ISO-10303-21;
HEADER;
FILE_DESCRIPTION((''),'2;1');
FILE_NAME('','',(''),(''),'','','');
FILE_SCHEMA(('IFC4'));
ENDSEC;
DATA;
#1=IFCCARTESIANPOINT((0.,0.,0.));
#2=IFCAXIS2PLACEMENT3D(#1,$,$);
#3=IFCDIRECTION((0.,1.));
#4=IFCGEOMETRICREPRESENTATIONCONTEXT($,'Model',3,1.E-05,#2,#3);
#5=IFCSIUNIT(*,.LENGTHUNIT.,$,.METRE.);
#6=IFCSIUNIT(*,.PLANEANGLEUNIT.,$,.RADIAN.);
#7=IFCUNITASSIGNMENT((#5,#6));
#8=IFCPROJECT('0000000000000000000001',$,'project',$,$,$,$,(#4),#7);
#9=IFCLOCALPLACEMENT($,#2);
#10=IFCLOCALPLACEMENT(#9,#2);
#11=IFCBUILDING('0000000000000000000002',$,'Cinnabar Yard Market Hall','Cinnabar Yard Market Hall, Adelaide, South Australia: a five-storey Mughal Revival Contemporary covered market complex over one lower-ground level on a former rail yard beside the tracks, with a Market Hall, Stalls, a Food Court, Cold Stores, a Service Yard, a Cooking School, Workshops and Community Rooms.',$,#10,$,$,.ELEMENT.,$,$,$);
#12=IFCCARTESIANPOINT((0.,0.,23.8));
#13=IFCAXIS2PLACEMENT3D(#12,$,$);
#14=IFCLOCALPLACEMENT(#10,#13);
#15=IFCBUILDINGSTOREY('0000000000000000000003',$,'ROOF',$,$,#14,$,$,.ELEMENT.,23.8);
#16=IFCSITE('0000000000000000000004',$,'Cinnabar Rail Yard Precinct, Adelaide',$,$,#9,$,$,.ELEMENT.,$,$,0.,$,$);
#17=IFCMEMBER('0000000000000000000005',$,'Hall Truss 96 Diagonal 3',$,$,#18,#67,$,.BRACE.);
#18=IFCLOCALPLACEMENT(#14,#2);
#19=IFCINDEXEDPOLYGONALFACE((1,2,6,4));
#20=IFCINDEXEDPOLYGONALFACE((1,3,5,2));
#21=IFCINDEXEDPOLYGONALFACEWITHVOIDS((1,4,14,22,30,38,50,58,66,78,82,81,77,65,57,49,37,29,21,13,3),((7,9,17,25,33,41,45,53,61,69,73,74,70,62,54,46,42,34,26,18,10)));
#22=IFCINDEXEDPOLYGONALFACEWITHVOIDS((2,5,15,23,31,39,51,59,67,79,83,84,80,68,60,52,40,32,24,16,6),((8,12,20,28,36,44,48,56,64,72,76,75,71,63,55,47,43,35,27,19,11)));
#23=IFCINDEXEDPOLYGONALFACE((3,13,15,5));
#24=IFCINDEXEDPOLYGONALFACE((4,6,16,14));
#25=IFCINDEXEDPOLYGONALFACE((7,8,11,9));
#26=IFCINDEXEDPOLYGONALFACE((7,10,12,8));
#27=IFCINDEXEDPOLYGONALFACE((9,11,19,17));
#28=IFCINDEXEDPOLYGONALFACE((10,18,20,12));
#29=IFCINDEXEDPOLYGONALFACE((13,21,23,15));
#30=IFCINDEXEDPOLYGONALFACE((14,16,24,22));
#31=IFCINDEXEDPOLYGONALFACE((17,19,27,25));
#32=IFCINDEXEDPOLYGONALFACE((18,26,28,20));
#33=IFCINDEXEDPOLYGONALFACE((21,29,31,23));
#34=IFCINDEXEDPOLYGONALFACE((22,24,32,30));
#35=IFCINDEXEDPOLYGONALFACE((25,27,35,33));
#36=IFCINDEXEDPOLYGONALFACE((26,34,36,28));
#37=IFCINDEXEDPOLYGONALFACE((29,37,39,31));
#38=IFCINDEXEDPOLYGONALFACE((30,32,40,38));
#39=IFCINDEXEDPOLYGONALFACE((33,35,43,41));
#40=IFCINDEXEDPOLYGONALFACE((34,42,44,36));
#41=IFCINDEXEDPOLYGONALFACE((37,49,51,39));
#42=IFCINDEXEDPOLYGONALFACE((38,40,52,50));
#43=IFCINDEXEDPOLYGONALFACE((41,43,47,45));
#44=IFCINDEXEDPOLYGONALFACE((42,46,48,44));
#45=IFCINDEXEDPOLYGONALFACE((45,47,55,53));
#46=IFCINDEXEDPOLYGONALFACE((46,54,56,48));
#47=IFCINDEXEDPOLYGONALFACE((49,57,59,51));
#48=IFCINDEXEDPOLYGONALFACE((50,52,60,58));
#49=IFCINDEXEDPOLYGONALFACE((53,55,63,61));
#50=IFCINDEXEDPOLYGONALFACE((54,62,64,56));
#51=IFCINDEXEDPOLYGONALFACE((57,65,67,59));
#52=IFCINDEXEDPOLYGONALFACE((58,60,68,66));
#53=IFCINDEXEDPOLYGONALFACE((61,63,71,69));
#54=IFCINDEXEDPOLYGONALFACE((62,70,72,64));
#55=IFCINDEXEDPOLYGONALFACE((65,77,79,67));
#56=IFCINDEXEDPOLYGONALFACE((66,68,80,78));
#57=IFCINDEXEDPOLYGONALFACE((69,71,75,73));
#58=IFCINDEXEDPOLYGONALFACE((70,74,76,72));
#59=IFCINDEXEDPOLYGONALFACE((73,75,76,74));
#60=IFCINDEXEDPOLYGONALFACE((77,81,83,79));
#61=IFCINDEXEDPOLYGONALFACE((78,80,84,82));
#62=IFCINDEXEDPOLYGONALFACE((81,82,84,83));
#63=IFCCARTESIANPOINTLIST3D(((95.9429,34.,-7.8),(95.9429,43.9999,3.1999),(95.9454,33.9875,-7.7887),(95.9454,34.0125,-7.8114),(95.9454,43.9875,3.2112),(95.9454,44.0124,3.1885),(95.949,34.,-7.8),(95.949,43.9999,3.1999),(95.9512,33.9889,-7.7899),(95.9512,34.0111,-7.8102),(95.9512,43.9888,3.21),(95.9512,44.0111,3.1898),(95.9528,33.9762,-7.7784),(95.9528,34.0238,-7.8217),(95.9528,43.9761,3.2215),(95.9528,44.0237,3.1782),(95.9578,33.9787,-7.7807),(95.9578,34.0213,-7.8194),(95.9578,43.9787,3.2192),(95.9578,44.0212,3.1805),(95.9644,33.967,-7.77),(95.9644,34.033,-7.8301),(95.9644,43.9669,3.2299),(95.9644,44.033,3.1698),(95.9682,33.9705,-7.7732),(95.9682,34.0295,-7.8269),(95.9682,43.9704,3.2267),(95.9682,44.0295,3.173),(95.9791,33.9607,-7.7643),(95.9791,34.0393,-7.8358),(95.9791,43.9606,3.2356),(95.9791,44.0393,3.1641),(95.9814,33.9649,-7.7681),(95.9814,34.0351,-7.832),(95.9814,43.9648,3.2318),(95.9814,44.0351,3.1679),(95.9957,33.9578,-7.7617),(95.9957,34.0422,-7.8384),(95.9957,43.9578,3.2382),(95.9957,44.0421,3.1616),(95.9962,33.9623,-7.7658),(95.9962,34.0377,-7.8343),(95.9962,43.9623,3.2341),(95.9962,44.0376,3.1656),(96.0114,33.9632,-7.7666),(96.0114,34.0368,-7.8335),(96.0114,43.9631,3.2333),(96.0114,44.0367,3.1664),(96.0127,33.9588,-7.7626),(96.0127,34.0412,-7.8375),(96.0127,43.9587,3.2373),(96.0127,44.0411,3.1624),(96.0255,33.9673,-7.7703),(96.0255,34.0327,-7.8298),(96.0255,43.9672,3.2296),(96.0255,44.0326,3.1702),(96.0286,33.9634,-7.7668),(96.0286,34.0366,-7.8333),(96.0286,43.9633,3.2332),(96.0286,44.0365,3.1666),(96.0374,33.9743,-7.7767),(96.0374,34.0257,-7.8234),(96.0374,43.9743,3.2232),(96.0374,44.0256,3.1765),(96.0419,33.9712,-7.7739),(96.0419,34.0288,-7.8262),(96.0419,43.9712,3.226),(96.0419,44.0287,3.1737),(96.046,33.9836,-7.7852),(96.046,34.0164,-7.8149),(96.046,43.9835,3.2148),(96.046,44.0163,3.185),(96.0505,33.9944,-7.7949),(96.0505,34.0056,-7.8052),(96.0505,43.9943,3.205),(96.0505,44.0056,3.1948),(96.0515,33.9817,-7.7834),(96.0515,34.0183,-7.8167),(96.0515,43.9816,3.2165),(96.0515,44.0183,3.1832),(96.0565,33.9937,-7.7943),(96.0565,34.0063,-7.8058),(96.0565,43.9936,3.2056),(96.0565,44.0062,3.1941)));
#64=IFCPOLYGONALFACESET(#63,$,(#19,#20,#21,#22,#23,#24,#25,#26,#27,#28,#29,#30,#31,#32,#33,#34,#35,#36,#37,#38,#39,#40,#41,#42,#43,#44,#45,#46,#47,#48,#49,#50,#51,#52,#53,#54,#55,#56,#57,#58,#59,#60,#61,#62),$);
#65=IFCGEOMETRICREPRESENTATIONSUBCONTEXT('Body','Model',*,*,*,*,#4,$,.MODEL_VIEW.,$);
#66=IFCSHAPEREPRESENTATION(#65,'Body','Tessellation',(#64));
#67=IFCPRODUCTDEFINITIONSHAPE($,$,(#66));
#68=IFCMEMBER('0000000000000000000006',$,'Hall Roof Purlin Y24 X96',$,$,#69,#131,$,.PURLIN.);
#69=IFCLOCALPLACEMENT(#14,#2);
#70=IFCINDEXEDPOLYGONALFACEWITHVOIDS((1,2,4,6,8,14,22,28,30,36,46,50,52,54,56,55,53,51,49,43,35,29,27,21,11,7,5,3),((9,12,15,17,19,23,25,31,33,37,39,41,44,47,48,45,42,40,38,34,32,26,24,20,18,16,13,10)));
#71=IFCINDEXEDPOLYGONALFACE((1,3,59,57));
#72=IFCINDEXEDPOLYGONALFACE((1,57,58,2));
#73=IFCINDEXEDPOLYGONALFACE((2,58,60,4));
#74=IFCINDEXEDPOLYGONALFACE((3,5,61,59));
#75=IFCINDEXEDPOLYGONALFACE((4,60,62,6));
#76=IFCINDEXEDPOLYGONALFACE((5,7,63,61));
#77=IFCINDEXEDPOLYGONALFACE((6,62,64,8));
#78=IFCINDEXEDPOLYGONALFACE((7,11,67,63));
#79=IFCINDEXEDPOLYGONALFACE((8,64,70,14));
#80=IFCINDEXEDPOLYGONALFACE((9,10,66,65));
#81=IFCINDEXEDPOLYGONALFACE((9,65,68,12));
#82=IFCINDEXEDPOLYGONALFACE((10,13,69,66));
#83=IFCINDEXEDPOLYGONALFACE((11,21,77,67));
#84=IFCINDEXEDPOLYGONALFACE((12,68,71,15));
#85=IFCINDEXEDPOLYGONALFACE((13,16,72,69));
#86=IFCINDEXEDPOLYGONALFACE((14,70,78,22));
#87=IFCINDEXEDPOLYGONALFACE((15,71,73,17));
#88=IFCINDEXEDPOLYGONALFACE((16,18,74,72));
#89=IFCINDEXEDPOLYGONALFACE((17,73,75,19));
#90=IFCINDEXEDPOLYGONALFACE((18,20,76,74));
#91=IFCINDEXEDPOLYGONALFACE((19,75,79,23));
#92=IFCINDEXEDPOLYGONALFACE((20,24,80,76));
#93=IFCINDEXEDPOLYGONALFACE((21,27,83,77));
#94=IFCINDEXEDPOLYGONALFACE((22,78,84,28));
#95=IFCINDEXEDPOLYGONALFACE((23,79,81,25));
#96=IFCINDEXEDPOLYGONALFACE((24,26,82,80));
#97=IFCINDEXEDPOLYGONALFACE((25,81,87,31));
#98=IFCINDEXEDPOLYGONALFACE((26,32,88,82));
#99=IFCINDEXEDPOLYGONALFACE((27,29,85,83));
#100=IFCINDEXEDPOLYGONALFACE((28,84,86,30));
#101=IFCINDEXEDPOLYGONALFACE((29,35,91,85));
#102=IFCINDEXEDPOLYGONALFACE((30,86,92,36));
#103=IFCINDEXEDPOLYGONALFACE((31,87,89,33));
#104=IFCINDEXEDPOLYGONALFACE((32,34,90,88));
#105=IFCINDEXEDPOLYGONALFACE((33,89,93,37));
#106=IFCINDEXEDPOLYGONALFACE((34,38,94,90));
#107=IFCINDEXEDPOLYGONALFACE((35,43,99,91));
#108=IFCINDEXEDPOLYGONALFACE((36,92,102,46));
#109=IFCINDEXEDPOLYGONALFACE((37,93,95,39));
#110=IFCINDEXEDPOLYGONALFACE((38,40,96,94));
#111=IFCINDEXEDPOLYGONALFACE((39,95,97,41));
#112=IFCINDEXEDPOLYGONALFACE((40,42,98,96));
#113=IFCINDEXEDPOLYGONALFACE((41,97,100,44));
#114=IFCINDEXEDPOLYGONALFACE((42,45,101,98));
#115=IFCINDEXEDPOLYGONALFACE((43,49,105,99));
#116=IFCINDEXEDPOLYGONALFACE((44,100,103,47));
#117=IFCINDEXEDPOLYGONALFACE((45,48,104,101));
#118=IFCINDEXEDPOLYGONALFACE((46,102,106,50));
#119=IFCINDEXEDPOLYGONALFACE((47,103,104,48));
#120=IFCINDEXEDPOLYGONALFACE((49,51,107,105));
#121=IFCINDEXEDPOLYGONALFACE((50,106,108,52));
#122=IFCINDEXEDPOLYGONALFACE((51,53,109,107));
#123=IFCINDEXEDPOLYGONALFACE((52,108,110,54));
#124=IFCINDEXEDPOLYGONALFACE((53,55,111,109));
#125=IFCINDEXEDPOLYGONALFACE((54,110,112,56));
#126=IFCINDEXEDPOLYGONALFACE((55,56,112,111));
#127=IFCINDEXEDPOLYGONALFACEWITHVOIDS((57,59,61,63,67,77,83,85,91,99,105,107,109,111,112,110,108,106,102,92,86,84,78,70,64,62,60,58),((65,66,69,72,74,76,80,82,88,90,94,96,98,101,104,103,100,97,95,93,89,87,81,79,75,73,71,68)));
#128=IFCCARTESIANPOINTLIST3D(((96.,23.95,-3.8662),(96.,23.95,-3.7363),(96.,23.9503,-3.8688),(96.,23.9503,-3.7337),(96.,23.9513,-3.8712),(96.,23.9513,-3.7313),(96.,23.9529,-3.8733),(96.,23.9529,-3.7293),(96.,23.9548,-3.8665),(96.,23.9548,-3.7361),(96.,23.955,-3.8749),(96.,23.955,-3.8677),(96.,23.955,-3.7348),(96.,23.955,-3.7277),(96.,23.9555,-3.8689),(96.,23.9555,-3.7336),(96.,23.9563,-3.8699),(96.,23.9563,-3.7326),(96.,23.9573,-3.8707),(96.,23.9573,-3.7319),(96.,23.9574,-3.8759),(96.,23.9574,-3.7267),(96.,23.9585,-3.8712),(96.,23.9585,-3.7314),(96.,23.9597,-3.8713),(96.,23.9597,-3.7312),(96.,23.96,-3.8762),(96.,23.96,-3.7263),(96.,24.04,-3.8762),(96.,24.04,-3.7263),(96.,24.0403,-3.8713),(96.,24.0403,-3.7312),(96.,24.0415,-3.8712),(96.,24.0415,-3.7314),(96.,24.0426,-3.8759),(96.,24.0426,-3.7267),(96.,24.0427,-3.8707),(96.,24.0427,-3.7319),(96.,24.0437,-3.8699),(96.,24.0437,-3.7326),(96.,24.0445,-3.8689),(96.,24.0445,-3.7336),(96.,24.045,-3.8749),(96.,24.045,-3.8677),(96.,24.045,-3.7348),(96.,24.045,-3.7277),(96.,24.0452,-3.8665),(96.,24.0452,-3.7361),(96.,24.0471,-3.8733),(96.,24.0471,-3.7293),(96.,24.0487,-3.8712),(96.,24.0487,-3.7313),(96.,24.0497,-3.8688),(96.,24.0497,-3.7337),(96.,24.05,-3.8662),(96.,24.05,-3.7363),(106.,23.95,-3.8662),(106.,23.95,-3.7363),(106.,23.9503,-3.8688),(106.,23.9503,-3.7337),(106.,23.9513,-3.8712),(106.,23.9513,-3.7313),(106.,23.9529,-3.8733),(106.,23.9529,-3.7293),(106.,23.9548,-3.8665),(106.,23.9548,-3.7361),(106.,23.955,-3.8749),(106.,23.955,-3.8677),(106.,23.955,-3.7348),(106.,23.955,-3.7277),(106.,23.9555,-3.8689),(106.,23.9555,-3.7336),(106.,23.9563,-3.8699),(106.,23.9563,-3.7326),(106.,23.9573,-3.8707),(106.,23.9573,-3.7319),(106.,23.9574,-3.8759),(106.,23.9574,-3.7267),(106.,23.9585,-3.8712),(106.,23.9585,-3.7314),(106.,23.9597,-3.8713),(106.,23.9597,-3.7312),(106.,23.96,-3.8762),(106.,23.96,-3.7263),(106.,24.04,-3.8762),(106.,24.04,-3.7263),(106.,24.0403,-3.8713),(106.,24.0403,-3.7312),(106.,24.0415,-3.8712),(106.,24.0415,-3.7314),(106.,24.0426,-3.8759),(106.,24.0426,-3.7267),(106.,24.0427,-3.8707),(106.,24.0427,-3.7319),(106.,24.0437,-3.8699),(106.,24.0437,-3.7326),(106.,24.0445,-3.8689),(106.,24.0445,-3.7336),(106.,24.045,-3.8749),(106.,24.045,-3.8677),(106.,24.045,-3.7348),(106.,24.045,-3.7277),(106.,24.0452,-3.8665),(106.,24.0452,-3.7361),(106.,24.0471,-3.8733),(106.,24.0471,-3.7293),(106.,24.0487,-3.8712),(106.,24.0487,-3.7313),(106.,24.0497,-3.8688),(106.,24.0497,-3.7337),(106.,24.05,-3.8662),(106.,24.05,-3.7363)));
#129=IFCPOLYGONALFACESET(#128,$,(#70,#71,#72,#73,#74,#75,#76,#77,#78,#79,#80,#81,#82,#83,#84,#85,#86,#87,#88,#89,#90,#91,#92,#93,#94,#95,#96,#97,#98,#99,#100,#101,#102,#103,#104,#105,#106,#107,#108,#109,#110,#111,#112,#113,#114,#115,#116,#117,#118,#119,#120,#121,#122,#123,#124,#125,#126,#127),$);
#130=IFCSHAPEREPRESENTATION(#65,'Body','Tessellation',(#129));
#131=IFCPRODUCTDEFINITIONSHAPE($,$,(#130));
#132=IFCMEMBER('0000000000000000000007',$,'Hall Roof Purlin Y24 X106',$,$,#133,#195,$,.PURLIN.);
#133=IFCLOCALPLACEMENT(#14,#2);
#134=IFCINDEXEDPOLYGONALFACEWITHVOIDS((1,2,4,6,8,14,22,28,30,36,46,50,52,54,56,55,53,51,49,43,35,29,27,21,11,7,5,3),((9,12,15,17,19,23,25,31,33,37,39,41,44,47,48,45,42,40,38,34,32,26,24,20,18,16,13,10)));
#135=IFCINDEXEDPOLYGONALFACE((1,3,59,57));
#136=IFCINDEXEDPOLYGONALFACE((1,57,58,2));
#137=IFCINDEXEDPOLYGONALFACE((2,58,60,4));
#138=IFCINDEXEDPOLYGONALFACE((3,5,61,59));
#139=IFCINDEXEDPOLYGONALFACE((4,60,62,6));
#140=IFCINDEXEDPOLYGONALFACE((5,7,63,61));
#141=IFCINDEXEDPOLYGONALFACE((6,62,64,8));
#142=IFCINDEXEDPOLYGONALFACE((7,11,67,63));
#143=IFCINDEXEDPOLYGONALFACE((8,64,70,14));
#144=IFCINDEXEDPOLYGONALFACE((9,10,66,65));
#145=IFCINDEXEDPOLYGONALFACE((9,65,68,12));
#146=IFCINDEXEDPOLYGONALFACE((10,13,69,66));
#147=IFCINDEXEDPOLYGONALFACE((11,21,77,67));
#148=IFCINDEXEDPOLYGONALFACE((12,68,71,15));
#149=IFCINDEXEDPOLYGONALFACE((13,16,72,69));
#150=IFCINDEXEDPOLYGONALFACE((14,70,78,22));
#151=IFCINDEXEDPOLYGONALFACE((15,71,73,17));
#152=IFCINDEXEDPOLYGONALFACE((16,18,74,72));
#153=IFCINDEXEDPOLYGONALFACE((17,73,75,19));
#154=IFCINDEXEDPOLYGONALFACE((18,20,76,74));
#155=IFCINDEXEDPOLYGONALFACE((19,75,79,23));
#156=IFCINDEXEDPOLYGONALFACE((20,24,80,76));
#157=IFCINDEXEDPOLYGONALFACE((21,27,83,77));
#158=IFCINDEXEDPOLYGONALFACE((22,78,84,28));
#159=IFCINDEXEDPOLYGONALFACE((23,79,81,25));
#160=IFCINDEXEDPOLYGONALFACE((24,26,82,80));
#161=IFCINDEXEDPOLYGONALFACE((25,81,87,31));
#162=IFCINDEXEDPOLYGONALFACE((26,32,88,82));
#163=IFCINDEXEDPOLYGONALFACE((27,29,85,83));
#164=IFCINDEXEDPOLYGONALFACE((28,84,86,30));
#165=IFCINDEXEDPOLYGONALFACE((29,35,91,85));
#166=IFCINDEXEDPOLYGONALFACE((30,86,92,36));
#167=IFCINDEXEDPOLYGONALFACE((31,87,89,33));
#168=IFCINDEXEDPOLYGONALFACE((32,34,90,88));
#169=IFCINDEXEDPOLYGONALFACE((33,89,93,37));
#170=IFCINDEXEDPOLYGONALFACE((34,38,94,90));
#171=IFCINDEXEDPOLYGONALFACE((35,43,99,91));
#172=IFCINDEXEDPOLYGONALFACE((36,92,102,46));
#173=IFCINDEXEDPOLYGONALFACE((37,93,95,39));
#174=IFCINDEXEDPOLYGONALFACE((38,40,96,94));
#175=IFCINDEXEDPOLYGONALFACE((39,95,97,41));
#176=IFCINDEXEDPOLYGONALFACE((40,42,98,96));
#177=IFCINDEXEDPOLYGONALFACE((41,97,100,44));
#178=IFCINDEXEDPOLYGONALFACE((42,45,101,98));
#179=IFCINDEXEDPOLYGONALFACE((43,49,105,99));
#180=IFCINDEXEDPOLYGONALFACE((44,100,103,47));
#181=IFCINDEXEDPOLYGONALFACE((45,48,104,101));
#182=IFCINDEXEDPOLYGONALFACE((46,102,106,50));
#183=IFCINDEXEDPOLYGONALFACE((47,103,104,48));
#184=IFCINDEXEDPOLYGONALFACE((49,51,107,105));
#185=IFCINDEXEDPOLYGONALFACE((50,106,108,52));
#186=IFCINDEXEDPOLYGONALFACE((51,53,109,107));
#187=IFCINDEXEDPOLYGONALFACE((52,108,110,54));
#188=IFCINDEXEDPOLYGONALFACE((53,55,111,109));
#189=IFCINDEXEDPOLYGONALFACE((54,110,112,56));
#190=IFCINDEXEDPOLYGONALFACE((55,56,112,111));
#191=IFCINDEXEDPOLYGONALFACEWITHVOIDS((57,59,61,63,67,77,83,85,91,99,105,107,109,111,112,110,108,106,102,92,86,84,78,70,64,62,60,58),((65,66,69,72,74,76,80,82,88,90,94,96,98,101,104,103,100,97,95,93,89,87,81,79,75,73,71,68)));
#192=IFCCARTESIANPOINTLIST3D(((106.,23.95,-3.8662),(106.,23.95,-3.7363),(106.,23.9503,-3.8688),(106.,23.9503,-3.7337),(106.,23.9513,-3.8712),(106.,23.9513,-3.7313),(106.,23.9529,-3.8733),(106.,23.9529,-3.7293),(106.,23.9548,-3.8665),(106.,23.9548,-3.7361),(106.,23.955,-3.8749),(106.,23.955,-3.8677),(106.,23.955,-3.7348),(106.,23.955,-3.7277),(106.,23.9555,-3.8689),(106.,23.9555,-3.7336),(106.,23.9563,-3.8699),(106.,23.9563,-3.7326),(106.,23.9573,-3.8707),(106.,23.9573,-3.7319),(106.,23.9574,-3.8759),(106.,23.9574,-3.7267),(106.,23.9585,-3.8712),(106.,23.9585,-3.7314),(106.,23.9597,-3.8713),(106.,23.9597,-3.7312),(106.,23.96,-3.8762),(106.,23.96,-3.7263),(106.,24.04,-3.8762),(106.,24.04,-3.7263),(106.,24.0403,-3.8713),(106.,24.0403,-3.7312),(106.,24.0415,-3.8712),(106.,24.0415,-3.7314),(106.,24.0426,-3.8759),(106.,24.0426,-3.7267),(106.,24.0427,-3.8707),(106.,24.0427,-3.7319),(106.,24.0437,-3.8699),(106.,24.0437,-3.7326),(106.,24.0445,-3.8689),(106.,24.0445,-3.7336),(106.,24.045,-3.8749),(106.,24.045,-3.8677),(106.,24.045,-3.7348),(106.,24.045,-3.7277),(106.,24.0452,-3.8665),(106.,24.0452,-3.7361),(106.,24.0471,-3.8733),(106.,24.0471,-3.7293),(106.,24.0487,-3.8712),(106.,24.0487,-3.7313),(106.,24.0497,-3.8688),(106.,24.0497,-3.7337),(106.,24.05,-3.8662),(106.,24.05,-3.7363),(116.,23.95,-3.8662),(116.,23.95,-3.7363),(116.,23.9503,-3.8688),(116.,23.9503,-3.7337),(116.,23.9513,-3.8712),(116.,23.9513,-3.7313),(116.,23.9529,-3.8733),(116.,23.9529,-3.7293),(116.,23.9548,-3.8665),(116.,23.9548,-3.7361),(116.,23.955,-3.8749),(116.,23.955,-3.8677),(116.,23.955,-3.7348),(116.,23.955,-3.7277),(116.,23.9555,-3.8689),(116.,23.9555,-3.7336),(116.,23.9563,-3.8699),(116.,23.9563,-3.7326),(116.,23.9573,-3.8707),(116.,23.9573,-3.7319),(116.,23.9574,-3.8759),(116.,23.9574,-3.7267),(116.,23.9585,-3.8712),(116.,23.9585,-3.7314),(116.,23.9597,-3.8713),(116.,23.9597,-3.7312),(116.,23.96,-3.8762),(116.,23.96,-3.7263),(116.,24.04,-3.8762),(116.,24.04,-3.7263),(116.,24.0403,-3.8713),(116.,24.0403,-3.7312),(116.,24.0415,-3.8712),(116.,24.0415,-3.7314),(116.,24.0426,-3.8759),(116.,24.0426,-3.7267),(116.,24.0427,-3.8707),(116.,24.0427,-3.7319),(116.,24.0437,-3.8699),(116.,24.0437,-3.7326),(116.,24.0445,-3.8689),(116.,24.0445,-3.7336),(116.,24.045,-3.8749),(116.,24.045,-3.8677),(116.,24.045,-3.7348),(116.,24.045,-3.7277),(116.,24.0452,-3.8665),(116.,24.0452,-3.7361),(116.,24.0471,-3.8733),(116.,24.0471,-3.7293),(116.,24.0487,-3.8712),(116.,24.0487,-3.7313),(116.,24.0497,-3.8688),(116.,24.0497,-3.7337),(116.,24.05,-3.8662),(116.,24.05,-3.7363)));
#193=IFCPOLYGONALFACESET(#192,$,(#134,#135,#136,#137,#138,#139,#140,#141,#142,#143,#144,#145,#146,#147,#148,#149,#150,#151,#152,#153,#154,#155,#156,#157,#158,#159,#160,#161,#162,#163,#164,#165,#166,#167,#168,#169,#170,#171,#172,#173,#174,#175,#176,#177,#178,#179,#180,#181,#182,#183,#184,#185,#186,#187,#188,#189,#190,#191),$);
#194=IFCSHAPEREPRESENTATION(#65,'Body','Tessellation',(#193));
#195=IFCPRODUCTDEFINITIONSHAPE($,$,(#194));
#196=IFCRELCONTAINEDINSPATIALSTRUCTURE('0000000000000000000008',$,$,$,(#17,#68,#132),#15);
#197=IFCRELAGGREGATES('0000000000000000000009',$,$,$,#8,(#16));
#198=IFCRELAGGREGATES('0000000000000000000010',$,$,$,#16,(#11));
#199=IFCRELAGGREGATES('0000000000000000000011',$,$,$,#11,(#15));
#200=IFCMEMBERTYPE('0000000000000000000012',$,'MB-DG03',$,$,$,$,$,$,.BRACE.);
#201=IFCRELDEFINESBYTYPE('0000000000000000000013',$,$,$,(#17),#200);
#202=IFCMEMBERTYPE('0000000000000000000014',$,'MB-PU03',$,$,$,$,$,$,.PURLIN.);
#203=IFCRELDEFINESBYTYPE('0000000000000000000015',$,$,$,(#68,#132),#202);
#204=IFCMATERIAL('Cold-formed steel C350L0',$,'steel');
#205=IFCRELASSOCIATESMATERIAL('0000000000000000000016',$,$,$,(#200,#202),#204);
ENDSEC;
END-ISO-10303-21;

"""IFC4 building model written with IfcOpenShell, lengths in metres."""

from ifc_helpers import new_model, si_unit, direction, frame, origin, origin_2d_with_axis, place, context, subcontext, project, spatial, hollow_rectangle, hollow_circle, extrude, material, material_profile, profile_set, type_object, element, save


model = new_model("IFC4")

# Units and contexts
model_context = context("Model", 3, precision=1e-05, world=origin(), true_north=direction((0.0, 1.0)))
body_context = subcontext(model_context, "Body", "Model", "MODEL_VIEW")
ifc_project = project(units=[si_unit("LENGTHUNIT", "METRE"), si_unit("PLANEANGLEUNIT", "RADIAN")], contexts=[model_context])

# Site, building, storey
site_placement = place(None, origin())
site = spatial("IfcSite", under=ifc_project, at=site_placement, Name="Cinnabar Rail Yard Precinct, Adelaide", CompositionType="ELEMENT", RefElevation=0.0)
building_placement = place(site_placement, origin())
building = spatial("IfcBuilding", under=site, at=building_placement, Name="Cinnabar Yard Market Hall", Description="Cinnabar Yard Market Hall, Adelaide, South Australia: a five-storey Mughal Revival Contemporary covered market complex over one lower-ground level on a former rail yard beside the tracks, with a Market Hall, Stalls, a Food Court, Cold Stores, a Service Yard, a Cooking School, Workshops and Community Rooms.", CompositionType="ELEMENT")
storey_placement = place(building_placement, frame((0.0, 0.0, 23.8)))
storey = spatial("IfcBuildingStorey", under=building, at=storey_placement, Name="ROOF", CompositionType="ELEMENT", Elevation=23.8)

# Members
ifc_material_1 = material(Name="Cold-formed steel C350L0", Category="steel")
ifc_material_profile_1 = material_profile(ifc_material_1, hollow_circle(Radius=0.0571, WallThickness=0.0061, at=origin_2d_with_axis()), Name="114.3x6.0CHS")
ifc_profile_set_1 = profile_set([ifc_material_profile_1], Name="Cold-formed steel C350L0")
member_type_1 = type_object("IfcMemberType", Name="MB-DG03", PredefinedType="BRACE", material=ifc_profile_set_1)
member_1_placement = place(storey_placement, frame((96.0, 34.0, -7.8), z_axis=(0.0, 0.672673, 0.73994), x_axis=(-1.0, 0.0, 0.0)))
element("IfcMember", 1, at=member_1_placement, inside=storey, type_object=member_type_1, Name="Hall Truss 96 Diagonal 3", PredefinedType="BRACE", context=body_context, shape_type="SweptSolid", body=[
    extrude(hollow_circle(Radius=0.0571, WallThickness=0.0061, at=origin_2d_with_axis()), origin(), (0.0, 0.0, 1.0), 14.866),
])
ifc_material_profile_2 = material_profile(ifc_material_1, hollow_rectangle(XDim=0.1001, YDim=0.1499, WallThickness=0.0049, InnerFilletRadius=0.0049, OuterFilletRadius=0.01, at=origin_2d_with_axis()), Name="150x100x5.0RHS")
ifc_profile_set_2 = profile_set([ifc_material_profile_2], Name="Cold-formed steel C350L0")
member_type_2 = type_object("IfcMemberType", Name="MB-PU03", PredefinedType="PURLIN", material=ifc_profile_set_2)
for number, where, z_axis, x_axis, name in (
    (2, (96.0, 24.0, -3.8013), (1.0, 0.0, 0.0), (0.0, 1.0, 0.0), "Hall Roof Purlin Y24 X96"),
    (3, (106.0, 24.0, -3.8013), (1.0, 0.0, 0.0), (0.0, 1.0, 0.0), "Hall Roof Purlin Y24 X106"),
):
    element("IfcMember", number, at=place(storey_placement, frame(where, z_axis=z_axis, x_axis=x_axis)), inside=storey, type_object=member_type_2, Name=name, PredefinedType="PURLIN", context=body_context, shape_type="SweptSolid", body=[
        extrude(hollow_rectangle(XDim=0.1001, YDim=0.1499, WallThickness=0.0049, InnerFilletRadius=0.0049, OuterFilletRadius=0.01, at=origin_2d_with_axis()), origin(), (0.0, 0.0, 1.0), 10.0),
    ])

save(model, "model.ifc")
